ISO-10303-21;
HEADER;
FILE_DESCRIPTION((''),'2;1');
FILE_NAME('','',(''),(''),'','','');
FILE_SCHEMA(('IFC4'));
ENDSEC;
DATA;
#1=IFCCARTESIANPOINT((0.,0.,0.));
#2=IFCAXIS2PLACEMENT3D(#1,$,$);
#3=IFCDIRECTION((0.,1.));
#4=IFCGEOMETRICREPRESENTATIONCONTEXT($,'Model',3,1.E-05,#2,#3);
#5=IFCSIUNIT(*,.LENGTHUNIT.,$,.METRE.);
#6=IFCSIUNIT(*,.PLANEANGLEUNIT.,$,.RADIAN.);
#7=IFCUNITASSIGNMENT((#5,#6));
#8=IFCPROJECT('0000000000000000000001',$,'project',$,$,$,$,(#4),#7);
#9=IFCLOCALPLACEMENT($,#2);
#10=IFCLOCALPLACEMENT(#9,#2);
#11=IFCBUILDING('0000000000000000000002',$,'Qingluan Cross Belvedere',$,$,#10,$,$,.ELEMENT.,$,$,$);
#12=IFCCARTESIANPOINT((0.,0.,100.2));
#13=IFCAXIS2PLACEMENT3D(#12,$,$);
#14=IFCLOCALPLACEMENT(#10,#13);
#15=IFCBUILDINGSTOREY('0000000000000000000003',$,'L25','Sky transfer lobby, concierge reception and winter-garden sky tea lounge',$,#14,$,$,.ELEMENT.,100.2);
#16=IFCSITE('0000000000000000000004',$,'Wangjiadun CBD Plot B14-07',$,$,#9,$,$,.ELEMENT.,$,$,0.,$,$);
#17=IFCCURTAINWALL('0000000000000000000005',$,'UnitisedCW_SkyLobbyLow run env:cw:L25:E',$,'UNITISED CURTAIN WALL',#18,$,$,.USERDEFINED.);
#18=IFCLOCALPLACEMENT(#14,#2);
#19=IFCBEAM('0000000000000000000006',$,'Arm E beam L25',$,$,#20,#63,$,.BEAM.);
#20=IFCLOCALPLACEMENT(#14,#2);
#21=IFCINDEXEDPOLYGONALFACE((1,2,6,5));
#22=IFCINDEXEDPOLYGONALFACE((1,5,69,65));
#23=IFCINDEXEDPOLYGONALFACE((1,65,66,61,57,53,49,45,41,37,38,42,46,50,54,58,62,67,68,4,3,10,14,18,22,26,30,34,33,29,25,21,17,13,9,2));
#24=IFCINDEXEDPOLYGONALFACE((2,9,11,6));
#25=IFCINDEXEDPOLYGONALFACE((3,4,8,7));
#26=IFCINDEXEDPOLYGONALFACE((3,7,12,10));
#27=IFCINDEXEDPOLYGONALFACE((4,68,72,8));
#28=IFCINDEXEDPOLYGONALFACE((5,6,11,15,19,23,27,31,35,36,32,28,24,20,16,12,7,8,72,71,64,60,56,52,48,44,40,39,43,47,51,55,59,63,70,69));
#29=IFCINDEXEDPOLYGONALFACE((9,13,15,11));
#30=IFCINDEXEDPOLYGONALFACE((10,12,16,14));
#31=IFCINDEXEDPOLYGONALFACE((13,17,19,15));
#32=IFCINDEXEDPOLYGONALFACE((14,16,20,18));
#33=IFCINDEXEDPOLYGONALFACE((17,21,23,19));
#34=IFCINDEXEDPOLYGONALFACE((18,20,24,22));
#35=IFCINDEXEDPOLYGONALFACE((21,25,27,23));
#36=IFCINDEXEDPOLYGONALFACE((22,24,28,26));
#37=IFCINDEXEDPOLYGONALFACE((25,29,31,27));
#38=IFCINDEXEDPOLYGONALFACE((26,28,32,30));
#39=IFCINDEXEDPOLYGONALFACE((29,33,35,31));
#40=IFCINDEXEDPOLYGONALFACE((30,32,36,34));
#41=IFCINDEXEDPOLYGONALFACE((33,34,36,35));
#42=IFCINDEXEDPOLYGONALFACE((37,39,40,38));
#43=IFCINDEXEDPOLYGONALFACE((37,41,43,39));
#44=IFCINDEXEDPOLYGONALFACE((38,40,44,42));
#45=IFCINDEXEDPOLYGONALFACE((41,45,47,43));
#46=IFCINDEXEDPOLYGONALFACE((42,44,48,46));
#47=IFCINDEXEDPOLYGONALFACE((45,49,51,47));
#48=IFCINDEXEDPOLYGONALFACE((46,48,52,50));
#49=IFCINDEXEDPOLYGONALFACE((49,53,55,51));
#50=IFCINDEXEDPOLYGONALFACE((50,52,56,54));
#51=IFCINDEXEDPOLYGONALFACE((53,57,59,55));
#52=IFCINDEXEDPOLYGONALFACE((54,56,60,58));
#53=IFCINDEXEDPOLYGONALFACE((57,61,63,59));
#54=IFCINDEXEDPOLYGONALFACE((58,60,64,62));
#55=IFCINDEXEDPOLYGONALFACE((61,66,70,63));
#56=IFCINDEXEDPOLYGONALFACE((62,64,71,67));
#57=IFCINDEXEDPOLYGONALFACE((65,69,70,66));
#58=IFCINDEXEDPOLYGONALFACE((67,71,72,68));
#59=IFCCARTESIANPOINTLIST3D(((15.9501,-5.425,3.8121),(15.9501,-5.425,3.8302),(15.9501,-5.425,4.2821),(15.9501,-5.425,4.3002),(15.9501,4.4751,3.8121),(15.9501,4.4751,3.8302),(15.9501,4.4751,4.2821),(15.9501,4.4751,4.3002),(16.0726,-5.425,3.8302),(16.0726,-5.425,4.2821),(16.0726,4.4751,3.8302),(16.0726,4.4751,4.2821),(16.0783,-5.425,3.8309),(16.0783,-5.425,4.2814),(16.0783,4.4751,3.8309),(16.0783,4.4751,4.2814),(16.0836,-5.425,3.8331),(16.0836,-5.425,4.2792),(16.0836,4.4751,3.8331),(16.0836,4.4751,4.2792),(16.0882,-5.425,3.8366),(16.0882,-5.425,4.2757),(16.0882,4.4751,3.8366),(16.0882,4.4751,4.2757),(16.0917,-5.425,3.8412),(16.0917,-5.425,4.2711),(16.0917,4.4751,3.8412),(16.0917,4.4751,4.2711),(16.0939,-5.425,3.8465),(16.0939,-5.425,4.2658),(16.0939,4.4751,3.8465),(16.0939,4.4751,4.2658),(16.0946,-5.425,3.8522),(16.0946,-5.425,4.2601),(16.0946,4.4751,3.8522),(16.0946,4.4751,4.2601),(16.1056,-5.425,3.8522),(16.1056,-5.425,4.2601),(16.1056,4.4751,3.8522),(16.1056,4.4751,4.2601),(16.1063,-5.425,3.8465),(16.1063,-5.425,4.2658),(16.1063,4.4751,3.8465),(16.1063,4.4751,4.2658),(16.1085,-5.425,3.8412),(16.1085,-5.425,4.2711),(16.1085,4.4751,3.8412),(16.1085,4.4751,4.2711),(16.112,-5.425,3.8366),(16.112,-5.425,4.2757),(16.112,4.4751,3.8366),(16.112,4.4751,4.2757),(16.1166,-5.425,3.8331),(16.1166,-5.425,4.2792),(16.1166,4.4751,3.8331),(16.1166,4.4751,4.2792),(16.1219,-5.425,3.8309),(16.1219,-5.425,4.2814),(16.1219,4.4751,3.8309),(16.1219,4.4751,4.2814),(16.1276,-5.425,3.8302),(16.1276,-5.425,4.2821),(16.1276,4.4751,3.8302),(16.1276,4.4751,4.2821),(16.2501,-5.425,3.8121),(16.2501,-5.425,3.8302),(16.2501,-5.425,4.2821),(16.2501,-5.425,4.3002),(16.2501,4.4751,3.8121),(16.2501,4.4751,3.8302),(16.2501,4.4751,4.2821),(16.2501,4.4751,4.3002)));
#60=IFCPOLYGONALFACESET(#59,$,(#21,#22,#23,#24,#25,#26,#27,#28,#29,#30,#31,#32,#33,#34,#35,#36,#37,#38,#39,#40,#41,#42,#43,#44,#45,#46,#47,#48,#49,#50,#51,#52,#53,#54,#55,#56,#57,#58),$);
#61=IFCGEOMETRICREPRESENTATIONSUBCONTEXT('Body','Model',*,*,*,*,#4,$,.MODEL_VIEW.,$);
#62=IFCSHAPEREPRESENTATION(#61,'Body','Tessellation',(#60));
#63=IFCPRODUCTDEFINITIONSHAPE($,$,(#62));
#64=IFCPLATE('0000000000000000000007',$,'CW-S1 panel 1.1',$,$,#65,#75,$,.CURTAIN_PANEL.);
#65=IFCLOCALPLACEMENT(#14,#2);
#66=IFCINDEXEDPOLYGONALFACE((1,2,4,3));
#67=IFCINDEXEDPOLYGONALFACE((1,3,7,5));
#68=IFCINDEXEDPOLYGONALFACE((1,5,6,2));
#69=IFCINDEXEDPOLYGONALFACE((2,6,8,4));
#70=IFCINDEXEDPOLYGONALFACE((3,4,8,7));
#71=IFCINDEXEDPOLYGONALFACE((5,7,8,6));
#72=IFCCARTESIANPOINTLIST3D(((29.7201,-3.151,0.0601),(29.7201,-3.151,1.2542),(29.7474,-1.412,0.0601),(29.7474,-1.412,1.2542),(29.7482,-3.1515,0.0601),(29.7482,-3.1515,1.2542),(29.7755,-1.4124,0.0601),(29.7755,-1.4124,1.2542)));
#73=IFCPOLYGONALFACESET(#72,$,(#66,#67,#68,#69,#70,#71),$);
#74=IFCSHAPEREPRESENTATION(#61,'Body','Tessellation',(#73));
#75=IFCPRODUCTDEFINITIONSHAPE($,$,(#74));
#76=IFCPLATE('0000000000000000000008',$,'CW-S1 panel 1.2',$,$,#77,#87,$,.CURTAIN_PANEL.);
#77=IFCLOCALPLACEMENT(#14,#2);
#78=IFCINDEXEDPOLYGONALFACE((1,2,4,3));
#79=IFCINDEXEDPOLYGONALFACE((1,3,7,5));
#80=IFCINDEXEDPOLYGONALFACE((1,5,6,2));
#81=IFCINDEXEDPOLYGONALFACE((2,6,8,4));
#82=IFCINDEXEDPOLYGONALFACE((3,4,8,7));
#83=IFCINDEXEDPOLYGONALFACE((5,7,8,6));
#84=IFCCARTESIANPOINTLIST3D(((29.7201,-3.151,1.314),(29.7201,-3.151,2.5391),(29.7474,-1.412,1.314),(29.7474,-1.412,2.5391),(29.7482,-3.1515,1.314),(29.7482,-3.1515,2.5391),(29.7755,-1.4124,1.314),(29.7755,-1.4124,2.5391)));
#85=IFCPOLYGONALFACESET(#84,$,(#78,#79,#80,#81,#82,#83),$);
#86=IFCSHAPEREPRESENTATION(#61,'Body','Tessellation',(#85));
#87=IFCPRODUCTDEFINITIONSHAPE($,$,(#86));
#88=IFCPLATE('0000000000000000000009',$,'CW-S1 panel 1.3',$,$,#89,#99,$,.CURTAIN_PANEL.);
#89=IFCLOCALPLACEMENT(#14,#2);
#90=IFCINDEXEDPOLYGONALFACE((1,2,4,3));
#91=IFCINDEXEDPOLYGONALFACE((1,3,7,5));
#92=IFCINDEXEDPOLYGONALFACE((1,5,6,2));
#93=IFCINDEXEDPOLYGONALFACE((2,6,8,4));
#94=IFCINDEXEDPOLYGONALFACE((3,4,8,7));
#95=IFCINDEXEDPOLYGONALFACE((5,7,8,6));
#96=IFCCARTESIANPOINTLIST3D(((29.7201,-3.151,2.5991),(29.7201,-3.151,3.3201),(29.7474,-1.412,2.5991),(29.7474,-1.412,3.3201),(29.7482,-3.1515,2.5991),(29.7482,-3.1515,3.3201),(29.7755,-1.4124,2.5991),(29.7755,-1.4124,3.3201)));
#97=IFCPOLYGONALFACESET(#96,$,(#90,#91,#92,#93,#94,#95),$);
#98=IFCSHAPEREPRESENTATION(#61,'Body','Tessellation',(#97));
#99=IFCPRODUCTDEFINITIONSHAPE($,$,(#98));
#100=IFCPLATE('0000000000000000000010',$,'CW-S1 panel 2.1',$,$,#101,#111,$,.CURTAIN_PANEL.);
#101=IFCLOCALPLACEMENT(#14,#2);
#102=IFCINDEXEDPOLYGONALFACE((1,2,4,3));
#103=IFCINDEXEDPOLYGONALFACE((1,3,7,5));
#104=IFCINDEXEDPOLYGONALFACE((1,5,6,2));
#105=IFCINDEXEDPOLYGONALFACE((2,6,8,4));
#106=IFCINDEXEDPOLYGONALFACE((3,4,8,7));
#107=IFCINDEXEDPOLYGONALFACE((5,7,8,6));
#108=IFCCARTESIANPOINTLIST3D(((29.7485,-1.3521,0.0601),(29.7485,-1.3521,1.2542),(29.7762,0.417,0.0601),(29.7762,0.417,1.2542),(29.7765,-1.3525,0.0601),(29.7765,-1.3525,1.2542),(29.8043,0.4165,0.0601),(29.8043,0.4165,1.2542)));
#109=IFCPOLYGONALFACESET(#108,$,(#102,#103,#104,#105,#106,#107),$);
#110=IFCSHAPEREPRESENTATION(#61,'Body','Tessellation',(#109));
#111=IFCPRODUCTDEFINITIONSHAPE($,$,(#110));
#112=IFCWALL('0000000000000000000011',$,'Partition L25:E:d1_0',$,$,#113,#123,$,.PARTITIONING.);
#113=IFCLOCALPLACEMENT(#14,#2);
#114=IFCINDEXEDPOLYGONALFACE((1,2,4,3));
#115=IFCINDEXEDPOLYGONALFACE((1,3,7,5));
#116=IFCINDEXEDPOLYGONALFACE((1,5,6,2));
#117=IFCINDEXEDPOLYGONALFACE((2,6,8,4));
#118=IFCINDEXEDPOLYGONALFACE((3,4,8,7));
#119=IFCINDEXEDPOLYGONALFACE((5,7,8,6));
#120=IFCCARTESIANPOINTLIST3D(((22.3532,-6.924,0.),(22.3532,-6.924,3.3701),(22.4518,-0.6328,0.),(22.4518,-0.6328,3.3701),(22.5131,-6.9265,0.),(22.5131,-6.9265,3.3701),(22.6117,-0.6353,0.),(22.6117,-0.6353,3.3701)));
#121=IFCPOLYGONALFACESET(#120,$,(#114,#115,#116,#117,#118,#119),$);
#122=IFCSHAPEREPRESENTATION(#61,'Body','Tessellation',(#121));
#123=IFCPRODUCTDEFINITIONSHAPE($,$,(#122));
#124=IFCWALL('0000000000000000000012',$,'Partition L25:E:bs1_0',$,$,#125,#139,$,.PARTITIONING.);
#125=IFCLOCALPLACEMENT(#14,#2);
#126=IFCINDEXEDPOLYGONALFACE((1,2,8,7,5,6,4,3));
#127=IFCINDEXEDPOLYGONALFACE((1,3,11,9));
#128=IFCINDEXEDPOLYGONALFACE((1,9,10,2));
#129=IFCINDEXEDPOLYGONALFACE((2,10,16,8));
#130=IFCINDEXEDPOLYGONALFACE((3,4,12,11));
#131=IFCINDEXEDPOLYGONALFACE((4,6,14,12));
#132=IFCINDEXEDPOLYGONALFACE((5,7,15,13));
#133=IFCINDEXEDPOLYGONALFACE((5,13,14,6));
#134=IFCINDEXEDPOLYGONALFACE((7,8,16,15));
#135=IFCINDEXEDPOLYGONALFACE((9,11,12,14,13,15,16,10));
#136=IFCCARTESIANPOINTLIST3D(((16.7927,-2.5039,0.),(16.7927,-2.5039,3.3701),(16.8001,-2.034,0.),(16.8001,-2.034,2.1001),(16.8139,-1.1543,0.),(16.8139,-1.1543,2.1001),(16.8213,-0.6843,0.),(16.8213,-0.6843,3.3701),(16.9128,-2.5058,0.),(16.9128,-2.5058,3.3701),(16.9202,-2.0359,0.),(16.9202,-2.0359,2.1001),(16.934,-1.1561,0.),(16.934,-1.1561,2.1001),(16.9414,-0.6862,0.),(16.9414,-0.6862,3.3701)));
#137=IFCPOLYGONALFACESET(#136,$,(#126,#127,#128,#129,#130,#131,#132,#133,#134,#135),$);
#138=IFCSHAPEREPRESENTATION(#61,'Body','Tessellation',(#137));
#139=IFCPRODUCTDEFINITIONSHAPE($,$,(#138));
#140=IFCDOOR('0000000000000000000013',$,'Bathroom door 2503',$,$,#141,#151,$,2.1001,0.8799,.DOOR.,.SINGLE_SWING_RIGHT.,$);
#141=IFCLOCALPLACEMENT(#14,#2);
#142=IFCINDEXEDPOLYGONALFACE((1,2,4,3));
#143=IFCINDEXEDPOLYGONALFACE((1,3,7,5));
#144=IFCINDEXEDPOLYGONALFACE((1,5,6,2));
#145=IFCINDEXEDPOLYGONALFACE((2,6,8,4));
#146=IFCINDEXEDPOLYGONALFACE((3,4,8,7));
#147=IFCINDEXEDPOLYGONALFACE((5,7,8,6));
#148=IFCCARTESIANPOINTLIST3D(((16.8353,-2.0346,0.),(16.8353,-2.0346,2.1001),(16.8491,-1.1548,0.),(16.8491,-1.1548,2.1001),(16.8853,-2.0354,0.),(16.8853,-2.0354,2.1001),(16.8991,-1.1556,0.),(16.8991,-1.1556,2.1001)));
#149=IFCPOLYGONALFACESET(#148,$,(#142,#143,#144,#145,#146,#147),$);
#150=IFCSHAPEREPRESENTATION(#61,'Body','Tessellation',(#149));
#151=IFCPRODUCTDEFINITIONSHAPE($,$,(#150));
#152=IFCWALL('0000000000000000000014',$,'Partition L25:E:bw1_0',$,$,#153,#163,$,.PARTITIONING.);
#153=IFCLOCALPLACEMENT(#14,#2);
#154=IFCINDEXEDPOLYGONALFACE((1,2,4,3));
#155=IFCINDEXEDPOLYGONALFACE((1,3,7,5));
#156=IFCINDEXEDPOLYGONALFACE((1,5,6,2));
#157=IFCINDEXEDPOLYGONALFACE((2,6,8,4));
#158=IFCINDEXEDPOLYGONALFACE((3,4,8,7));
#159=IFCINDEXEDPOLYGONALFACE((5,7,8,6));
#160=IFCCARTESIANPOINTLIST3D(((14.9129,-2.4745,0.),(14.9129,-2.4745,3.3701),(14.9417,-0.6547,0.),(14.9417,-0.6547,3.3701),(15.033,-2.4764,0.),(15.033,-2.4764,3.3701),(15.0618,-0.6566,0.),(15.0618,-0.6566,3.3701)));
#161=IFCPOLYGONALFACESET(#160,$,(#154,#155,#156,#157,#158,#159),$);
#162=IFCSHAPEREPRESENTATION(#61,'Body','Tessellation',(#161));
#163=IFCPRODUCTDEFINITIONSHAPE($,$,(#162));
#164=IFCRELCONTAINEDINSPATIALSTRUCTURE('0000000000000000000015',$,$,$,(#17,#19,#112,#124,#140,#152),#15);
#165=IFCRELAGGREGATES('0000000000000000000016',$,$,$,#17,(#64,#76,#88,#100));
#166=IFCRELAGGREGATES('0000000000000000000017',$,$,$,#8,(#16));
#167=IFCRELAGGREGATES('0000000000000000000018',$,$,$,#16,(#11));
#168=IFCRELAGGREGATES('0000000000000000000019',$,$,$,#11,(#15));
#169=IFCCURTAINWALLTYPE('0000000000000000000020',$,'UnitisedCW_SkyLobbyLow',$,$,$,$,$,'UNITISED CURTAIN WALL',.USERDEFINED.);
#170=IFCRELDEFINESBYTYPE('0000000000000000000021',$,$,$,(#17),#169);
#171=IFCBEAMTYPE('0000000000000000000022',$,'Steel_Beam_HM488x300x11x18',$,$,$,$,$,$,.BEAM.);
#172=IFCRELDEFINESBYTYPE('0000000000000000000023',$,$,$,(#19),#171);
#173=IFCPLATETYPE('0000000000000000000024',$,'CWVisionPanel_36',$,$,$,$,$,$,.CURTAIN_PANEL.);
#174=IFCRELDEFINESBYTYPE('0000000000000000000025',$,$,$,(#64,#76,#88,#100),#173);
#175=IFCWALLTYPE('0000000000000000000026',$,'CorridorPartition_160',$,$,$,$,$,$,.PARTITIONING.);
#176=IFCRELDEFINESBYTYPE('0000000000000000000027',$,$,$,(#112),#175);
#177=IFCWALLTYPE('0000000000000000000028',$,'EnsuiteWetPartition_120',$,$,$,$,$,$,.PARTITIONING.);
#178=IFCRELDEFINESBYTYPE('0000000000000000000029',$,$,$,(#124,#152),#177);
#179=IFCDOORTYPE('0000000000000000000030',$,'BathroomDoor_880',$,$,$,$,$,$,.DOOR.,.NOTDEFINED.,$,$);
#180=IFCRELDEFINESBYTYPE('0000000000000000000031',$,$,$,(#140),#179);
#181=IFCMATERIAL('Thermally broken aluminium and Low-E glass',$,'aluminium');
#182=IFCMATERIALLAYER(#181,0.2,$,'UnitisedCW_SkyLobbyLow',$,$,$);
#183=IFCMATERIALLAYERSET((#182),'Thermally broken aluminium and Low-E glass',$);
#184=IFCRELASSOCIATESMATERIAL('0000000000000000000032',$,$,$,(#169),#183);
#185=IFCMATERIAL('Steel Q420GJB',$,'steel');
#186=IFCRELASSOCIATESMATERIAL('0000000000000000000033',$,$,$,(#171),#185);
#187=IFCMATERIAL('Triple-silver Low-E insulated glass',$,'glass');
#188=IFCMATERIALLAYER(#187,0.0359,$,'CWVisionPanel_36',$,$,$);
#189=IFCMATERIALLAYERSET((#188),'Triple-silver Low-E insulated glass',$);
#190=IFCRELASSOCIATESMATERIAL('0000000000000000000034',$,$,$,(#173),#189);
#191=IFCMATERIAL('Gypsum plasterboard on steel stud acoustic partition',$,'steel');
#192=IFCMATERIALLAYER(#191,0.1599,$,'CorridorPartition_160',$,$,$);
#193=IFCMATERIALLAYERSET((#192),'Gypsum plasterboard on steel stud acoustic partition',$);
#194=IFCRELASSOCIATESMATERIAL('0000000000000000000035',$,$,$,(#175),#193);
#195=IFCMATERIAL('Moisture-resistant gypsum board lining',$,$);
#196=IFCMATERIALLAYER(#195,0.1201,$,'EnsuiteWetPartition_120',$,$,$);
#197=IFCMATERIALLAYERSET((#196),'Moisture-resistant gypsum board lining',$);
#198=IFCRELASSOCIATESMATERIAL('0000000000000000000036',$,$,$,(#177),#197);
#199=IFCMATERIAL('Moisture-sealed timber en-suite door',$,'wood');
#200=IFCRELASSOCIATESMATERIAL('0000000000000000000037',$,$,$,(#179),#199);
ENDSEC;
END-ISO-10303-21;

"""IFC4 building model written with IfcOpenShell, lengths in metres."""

from ifc_helpers import new_model, si_unit, direction, frame, frame_2d, origin, origin_2d, place, context, subcontext, project, spatial, rectangle, i_section, extrude, material, layer, layer_set, material_profile, profile_set, type_object, element, fill, aggregate, save


model = new_model("IFC4")

# Units and contexts
model_context = context("Model", 3, precision=1e-05, world=origin(), true_north=direction((0.0, 1.0)))
body_context = subcontext(model_context, "Body", "Model", "MODEL_VIEW")
ifc_project = project(units=[si_unit("LENGTHUNIT", "METRE"), si_unit("PLANEANGLEUNIT", "RADIAN")], contexts=[model_context])

# Site, building, storey
site_placement = place(None, origin())
site = spatial("IfcSite", under=ifc_project, at=site_placement, Name="Wangjiadun CBD Plot B14-07", CompositionType="ELEMENT", RefElevation=0.0)
building_placement = place(site_placement, origin())
building = spatial("IfcBuilding", under=site, at=building_placement, Name="Qingluan Cross Belvedere", CompositionType="ELEMENT")
storey_placement = place(building_placement, frame((0.0, 0.0, 100.2)))
storey = spatial("IfcBuildingStorey", under=building, at=storey_placement, Name="L25", Description="Sky transfer lobby, concierge reception and winter-garden sky tea lounge", CompositionType="ELEMENT", Elevation=100.2)

# Curtain wall
ifc_material_1 = material(Name="Thermally broken aluminium and Low-E glass", Category="aluminium")
ifc_layer_1 = layer(ifc_material_1, 0.2, Name="UnitisedCW_SkyLobbyLow")
ifc_layer_set_1 = layer_set([ifc_layer_1], Name="Thermally broken aluminium and Low-E glass")
curtain_wall_type = type_object("IfcCurtainWallType", Name="UnitisedCW_SkyLobbyLow", ElementType="UNITISED CURTAIN WALL", PredefinedType="USERDEFINED", material=ifc_layer_set_1)
curtain_wall_placement = place(storey_placement, origin())
curtain_wall = element("IfcCurtainWall", 1, at=curtain_wall_placement, inside=storey, type_object=curtain_wall_type, Name="UnitisedCW_SkyLobbyLow run env:cw:L25:E", ObjectType="UNITISED CURTAIN WALL", PredefinedType="USERDEFINED")

# Beam
ifc_material_2 = material(Name="Steel Q420GJB", Category="steel")
ifc_material_profile_1 = material_profile(ifc_material_2, i_section(OverallWidth=0.3, OverallDepth=0.488, WebThickness=0.011, FlangeThickness=0.0181, FilletRadius=0.022, at=origin_2d()), Name="HM488x300x11x18")
ifc_profile_set_1 = profile_set([ifc_material_profile_1], Name="Steel Q420GJB")
beam_type = type_object("IfcBeamType", Name="Steel_Beam_HM488x300x11x18", PredefinedType="BEAM", material=ifc_profile_set_1)
beam_1_placement = place(storey_placement, frame((16.1001, -5.425, 4.0562), z_axis=(0.0, 1.0, 0.0), x_axis=(-1.0, 0.0, 0.0)))
element("IfcBeam", 2, at=beam_1_placement, inside=storey, type_object=beam_type, Name="Arm E beam L25", PredefinedType="BEAM", context=body_context, shape_type="SweptSolid", body=[
    extrude(i_section(OverallWidth=0.3, OverallDepth=0.488, WebThickness=0.011, FlangeThickness=0.0181, FilletRadius=0.022, at=origin_2d()), origin(), (0.0, 0.0, 1.0), 9.9001),
])

# Plates
ifc_material_3 = material(Name="Triple-silver Low-E insulated glass", Category="glass")
ifc_layer_2 = layer(ifc_material_3, 0.0359, Name="CWVisionPanel_36")
ifc_layer_set_2 = layer_set([ifc_layer_2], Name="Triple-silver Low-E insulated glass")
plate_type = type_object("IfcPlateType", Name="CWVisionPanel_36", PredefinedType="CURTAIN_PANEL", material=ifc_layer_set_2)
plate_1_placement = place(storey_placement, frame((29.7478, -2.2817, 0.0601), z_axis=(0.0, 0.0, 1.0), x_axis=(0.015689, 0.999877, 0.0)))
plate_1 = element("IfcPlate", 3, at=plate_1_placement, type_object=plate_type, Name="CW-S1 panel 1.1", PredefinedType="CURTAIN_PANEL", context=body_context, shape_type="SweptSolid", body=[
    extrude(rectangle(XDim=1.7393, YDim=0.0281, at=origin_2d()), origin(), (0.0, 0.0, 1.0), 1.1941),
])
plate_2_placement = place(storey_placement, frame((29.7478, -2.2817, 1.314), z_axis=(0.0, 0.0, 1.0), x_axis=(0.015689, 0.999877, 0.0)))
plate_2 = element("IfcPlate", 4, at=plate_2_placement, type_object=plate_type, Name="CW-S1 panel 1.2", PredefinedType="CURTAIN_PANEL", context=body_context, shape_type="SweptSolid", body=[
    extrude(rectangle(XDim=1.7393, YDim=0.0281, at=origin_2d()), origin(), (0.0, 0.0, 1.0), 1.2251),
])
plate_3_placement = place(storey_placement, frame((29.7478, -2.2817, 2.5991), z_axis=(0.0, 0.0, 1.0), x_axis=(0.015689, 0.999877, 0.0)))
plate_3 = element("IfcPlate", 5, at=plate_3_placement, type_object=plate_type, Name="CW-S1 panel 1.3", PredefinedType="CURTAIN_PANEL", context=body_context, shape_type="SweptSolid", body=[
    extrude(rectangle(XDim=1.7393, YDim=0.0281, at=origin_2d()), origin(), (0.0, 0.0, 1.0), 0.7209),
])
plate_4_placement = place(storey_placement, frame((29.7764, -0.4678, 0.0601), z_axis=(0.0, 0.0, 1.0), x_axis=(0.015689, 0.999877, 0.0)))
plate_4 = element("IfcPlate", 6, at=plate_4_placement, type_object=plate_type, Name="CW-S1 panel 2.1", PredefinedType="CURTAIN_PANEL", context=body_context, shape_type="SweptSolid", body=[
    extrude(rectangle(XDim=1.7693, YDim=0.0281, at=origin_2d()), origin(), (0.0, 0.0, 1.0), 1.1941),
])
aggregate(curtain_wall, [plate_1, plate_2, plate_3, plate_4])

# Wall
ifc_material_4 = material(Name="Gypsum plasterboard on steel stud acoustic partition", Category="steel")
ifc_layer_3 = layer(ifc_material_4, 0.1599, Name="CorridorPartition_160")
ifc_layer_set_3 = layer_set([ifc_layer_3], Name="Gypsum plasterboard on steel stud acoustic partition")
wall_type_1 = type_object("IfcWallType", Name="CorridorPartition_160", PredefinedType="PARTITIONING", material=ifc_layer_set_3)
wall_1_placement = place(storey_placement, frame((22.5317, -0.634, 0.0), z_axis=(0.0, 0.0, 1.0), x_axis=(-0.015676, -0.999877, 0.0)))
element("IfcWall", 7, at=wall_1_placement, inside=storey, type_object=wall_type_1, Name="Partition L25:E:d1_0", PredefinedType="PARTITIONING", context=body_context, shape_type="SweptSolid", body=[
    extrude(rectangle(XDim=6.292, YDim=0.1599, at=frame_2d((3.146, 0.0))), origin(), (0.0, 0.0, 1.0), 3.3701),
])

# Wall, opening, door
ifc_material_5 = material(Name="Moisture-resistant gypsum board lining")
ifc_layer_4 = layer(ifc_material_5, 0.1201, Name="EnsuiteWetPartition_120")
ifc_layer_set_4 = layer_set([ifc_layer_4], Name="Moisture-resistant gypsum board lining")
wall_type_2 = type_object("IfcWallType", Name="EnsuiteWetPartition_120", PredefinedType="PARTITIONING", material=ifc_layer_set_4)
wall_2_placement = place(storey_placement, frame((16.8528, -2.5049, 0.0), z_axis=(0.0, 0.0, 1.0), x_axis=(0.015696, 0.999877, 0.0)))
wall_2 = element("IfcWall", 8, at=wall_2_placement, inside=storey, type_object=wall_type_2, Name="Partition L25:E:bs1_0", PredefinedType="PARTITIONING", context=body_context, shape_type="SweptSolid", body=[
    extrude(rectangle(XDim=1.8198, YDim=0.1201, at=frame_2d((0.9099, 0.0))), origin(), (0.0, 0.0, 1.0), 3.3701),
])
opening_1_placement = place(wall_2_placement, frame((0.47, 0.0, 0.0)))
opening_1 = element("IfcOpeningElement", 9, at=opening_1_placement, cuts=wall_2, PredefinedType="OPENING", context=body_context, shape_type="SweptSolid", body=[
    extrude(rectangle(XDim=0.8799, YDim=2.1001, at=frame_2d((0.4399, 1.05))), frame((0.0, 0.0701, 0.0), z_axis=(0.0, -1.0, 0.0), x_axis=(1.0, 0.0, 0.0)), (0.0, 0.0, 1.0), 0.1401),
])
ifc_material_6 = material(Name="Moisture-sealed timber en-suite door", Category="wood")
door_type_1 = type_object("IfcDoorType", Name="BathroomDoor_880", OperationType="NOTDEFINED", PredefinedType="DOOR", material=ifc_material_6)
door_1_placement = place(opening_1_placement, origin())
door_1 = element("IfcDoor", 10, at=door_1_placement, inside=storey, type_object=door_type_1, Name="Bathroom door 2503", OperationType="SINGLE_SWING_RIGHT", OverallHeight=2.1001, OverallWidth=0.8799, PredefinedType="DOOR", context=body_context, shape_type="SweptSolid", body=[
    extrude(rectangle(XDim=0.8799, YDim=2.1001, at=frame_2d((0.4399, 1.05))), frame((0.0, 0.0249, 0.0), z_axis=(0.0, -1.0, 0.0), x_axis=(1.0, 0.0, 0.0)), (0.0, 0.0, 1.0), 0.05),
])
fill(opening_1, door_1)

# Wall
wall_3_placement = place(storey_placement, frame((14.9729, -2.4756, 0.0), z_axis=(0.0, 0.0, 1.0), x_axis=(0.015828, 0.999875, 0.0)))
element("IfcWall", 11, at=wall_3_placement, inside=storey, type_object=wall_type_2, Name="Partition L25:E:bw1_0", PredefinedType="PARTITIONING", context=body_context, shape_type="SweptSolid", body=[
    extrude(rectangle(XDim=1.8201, YDim=0.1201, at=frame_2d((0.9102, 0.0))), origin(), (0.0, 0.0, 1.0), 3.3701),
])

save(model, "model.ifc")
